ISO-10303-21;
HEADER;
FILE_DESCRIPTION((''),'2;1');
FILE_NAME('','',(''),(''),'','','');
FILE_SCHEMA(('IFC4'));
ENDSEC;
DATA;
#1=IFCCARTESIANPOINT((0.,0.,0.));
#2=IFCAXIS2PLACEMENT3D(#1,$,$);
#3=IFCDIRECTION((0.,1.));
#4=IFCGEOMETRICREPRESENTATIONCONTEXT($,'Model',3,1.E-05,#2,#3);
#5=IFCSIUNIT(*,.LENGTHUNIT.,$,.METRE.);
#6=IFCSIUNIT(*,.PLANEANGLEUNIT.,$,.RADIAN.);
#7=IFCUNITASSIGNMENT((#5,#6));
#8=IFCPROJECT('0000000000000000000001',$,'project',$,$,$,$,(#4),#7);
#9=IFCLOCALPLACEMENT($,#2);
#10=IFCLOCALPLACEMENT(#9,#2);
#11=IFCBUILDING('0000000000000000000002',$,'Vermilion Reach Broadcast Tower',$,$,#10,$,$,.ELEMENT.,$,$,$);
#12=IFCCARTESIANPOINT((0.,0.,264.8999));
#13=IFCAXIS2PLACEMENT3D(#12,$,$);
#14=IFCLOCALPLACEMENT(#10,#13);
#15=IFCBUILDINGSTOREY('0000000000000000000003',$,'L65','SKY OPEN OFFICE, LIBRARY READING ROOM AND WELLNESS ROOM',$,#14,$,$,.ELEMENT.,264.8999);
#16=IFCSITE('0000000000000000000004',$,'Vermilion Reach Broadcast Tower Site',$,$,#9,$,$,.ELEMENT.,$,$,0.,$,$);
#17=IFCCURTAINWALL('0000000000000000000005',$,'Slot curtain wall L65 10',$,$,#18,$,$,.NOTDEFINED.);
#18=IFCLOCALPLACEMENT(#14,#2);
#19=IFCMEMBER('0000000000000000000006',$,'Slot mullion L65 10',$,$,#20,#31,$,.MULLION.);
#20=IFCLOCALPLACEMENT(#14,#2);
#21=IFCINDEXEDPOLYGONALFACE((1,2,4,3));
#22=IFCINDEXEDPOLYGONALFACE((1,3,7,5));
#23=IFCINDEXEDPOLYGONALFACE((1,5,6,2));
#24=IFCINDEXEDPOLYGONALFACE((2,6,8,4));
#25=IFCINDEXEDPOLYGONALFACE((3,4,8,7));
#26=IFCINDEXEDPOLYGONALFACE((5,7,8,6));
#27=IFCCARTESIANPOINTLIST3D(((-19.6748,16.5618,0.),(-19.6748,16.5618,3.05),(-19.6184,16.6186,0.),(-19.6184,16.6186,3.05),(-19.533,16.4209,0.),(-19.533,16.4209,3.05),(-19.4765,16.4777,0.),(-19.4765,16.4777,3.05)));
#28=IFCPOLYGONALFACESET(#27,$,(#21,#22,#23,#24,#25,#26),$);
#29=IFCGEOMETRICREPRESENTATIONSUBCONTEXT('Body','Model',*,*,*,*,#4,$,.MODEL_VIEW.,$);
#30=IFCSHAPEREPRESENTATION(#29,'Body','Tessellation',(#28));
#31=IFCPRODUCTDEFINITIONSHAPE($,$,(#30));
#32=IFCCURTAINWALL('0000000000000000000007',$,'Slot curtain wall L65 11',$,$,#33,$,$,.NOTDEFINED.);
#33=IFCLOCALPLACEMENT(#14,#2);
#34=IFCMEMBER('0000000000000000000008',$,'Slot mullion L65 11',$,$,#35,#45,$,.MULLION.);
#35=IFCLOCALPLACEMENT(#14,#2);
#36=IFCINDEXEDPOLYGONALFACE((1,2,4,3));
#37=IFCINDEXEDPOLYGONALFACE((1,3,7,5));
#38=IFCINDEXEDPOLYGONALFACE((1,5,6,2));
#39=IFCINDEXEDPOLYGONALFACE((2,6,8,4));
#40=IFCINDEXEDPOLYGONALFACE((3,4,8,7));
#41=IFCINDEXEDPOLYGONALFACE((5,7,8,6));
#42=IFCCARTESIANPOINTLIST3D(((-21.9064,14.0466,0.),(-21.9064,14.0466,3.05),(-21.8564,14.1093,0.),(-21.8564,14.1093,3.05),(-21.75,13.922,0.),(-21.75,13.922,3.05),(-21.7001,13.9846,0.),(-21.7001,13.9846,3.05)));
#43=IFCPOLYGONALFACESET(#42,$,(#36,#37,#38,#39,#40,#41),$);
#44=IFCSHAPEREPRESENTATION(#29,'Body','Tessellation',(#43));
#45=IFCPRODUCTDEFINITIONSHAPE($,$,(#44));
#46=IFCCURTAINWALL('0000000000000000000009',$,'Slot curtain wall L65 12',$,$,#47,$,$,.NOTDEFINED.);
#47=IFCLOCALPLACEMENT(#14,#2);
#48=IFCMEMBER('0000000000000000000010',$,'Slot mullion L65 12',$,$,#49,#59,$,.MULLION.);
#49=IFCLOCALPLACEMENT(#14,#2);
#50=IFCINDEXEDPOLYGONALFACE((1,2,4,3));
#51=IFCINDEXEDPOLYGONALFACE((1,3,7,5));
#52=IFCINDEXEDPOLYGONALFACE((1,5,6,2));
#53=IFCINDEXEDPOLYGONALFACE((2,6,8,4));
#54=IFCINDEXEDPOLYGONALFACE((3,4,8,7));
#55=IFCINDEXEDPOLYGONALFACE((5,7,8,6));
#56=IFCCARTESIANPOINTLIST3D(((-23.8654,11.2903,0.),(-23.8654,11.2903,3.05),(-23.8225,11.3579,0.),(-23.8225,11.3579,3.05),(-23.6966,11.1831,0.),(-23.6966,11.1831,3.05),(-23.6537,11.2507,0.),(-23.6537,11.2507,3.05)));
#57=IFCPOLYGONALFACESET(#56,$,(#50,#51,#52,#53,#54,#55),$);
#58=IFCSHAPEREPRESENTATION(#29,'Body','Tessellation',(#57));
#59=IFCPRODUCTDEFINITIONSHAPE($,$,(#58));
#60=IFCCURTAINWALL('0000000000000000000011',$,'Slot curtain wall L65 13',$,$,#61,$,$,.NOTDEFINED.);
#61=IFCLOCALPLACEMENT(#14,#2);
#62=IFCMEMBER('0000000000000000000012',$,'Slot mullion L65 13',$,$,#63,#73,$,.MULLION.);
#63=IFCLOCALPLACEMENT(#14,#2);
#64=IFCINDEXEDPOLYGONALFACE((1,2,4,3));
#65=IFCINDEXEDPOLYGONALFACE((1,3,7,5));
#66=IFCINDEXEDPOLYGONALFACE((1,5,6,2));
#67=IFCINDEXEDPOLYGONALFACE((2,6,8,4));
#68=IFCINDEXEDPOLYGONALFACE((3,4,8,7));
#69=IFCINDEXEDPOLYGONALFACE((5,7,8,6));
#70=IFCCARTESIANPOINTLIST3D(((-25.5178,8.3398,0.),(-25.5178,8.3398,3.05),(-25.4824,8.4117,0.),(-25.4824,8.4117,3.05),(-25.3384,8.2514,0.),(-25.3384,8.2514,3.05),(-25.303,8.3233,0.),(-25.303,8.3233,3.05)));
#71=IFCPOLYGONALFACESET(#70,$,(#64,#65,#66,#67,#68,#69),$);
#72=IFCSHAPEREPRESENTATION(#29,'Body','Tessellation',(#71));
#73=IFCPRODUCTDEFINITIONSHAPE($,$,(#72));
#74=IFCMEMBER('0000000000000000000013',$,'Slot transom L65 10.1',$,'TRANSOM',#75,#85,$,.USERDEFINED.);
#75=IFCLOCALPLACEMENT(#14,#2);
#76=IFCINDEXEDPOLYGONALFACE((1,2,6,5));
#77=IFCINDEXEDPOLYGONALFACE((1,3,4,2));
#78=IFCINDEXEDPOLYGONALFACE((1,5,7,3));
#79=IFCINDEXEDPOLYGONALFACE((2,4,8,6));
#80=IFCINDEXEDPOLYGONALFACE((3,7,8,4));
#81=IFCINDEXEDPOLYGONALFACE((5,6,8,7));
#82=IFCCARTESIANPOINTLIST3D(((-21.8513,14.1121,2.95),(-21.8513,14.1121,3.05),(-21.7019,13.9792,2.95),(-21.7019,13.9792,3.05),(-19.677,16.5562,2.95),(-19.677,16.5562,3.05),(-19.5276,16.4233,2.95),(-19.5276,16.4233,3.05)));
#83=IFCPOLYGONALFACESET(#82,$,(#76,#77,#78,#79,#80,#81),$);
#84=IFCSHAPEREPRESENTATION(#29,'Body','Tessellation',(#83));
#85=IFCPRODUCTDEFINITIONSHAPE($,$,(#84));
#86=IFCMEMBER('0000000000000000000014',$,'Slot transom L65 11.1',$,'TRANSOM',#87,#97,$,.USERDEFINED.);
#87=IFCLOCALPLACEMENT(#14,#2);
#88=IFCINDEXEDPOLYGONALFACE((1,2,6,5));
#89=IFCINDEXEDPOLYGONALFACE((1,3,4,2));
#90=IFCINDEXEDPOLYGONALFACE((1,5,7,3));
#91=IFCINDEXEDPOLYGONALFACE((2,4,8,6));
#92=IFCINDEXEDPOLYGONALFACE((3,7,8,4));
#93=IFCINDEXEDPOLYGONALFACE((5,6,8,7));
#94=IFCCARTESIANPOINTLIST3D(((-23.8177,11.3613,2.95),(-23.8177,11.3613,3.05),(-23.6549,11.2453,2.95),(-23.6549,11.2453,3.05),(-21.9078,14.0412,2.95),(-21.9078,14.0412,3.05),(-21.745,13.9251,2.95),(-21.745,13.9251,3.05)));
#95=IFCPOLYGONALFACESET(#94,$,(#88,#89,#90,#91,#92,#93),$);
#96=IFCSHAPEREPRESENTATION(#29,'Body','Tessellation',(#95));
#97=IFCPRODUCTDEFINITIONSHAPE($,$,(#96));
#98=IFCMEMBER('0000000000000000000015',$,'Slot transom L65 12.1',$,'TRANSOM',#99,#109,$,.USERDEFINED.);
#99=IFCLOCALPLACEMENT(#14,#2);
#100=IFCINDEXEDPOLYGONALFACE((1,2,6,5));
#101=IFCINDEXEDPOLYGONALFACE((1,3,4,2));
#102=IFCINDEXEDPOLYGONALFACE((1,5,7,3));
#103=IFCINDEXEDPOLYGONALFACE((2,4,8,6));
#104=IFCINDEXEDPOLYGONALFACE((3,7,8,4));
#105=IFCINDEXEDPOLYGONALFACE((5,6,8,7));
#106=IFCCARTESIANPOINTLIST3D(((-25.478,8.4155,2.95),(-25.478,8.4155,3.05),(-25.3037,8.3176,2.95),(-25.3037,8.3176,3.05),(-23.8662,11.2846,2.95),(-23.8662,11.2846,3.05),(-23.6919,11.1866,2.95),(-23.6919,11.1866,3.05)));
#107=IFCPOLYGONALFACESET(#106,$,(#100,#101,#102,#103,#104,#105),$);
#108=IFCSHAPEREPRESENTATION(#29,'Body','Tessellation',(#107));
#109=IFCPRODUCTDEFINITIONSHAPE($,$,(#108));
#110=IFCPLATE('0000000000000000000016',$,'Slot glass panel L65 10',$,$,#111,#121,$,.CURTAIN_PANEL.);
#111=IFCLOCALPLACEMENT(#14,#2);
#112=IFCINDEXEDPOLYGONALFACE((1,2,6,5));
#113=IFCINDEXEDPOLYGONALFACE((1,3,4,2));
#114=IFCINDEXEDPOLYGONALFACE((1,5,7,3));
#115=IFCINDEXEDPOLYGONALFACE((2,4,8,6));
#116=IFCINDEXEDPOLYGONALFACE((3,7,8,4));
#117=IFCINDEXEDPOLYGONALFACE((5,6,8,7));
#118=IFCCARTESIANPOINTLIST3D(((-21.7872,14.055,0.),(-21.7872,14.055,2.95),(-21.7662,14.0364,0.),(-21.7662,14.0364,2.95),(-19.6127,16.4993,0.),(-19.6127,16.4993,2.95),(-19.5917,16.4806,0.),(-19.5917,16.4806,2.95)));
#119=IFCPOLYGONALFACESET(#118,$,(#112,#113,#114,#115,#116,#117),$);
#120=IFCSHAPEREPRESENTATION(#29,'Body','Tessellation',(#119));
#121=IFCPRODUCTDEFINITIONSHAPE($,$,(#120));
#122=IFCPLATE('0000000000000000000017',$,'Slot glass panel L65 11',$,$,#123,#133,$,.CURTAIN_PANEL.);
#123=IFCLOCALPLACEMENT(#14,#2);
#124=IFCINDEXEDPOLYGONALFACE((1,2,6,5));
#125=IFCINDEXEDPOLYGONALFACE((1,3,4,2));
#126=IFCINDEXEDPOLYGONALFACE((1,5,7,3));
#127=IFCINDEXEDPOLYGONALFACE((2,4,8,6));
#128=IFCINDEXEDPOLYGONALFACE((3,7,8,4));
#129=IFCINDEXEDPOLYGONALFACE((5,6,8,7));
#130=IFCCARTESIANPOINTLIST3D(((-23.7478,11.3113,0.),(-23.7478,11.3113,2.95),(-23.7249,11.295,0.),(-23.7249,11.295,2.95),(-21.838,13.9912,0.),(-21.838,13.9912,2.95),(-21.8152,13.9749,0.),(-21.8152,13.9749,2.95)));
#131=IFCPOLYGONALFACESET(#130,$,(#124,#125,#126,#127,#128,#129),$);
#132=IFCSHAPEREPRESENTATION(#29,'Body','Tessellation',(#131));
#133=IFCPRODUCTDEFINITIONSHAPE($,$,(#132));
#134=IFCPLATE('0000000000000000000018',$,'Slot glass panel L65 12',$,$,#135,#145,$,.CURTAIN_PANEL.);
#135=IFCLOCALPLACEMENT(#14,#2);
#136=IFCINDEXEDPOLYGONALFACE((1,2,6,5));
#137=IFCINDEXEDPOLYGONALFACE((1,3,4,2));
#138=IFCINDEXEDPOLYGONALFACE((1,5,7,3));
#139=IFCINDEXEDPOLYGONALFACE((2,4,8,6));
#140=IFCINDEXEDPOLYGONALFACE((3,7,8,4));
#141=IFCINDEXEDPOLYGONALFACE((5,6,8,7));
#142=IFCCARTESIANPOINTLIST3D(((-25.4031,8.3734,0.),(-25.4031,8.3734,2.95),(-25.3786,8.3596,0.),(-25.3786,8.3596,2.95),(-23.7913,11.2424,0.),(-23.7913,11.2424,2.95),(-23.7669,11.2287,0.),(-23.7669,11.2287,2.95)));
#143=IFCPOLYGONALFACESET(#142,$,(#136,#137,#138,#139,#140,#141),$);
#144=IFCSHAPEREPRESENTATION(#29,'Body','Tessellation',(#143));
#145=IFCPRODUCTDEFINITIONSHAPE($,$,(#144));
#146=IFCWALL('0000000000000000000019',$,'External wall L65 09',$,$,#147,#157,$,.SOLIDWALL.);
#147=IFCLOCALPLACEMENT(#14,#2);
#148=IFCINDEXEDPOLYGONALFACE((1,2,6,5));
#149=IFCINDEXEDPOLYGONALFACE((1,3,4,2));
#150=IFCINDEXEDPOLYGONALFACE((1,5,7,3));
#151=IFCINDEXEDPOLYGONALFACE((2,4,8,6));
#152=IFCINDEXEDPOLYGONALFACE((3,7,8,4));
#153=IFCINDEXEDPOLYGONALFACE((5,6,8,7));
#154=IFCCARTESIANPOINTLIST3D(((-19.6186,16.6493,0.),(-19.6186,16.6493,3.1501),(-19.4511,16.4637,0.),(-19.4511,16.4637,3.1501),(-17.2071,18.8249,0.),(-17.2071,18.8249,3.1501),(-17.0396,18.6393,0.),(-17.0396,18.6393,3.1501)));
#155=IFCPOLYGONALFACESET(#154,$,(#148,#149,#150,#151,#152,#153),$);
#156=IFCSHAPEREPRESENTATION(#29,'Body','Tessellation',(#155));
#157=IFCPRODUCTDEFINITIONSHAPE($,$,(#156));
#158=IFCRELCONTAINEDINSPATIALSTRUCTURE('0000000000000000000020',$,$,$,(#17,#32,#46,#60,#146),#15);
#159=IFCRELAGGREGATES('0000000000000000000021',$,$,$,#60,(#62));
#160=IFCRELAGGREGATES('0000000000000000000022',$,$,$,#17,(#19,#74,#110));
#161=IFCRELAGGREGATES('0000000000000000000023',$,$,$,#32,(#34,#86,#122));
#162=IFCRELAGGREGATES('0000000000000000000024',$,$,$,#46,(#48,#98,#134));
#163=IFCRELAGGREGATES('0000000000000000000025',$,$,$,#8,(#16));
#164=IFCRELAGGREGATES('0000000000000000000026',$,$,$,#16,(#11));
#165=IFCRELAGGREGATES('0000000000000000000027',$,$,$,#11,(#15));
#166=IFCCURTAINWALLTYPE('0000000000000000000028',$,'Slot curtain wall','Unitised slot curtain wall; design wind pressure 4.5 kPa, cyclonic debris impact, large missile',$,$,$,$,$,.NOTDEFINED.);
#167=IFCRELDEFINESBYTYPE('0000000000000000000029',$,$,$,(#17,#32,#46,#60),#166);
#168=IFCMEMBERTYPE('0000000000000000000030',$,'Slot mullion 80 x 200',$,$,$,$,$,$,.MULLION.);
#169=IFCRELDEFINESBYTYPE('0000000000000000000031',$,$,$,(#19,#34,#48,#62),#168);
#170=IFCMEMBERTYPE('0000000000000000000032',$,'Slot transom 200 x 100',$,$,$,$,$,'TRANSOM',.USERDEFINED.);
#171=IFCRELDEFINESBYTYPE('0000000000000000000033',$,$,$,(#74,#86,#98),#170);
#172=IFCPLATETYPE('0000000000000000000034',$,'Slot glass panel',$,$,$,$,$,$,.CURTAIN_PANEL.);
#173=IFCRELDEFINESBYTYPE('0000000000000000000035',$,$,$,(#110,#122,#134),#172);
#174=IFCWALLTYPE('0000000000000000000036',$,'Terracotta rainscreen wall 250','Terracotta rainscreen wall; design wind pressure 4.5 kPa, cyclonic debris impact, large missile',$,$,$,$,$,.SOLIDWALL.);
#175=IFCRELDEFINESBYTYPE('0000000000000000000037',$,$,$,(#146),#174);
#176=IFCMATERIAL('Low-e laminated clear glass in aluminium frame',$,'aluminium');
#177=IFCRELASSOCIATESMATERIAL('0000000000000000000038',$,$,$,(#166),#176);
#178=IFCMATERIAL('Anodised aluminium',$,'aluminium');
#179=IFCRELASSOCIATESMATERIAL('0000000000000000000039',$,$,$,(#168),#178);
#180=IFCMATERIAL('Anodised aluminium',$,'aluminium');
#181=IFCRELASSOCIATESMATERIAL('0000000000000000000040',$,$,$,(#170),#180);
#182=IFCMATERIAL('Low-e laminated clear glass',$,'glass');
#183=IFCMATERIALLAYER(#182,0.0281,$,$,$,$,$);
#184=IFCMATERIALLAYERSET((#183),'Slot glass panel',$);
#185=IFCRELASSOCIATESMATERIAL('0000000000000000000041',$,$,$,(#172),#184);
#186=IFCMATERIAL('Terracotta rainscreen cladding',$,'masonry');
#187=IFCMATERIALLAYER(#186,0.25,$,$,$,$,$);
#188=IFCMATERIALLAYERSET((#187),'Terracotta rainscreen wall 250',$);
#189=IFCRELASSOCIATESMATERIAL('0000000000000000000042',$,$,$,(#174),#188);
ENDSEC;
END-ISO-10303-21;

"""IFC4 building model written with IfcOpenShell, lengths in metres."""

from ifc_helpers import new_model, si_unit, direction, frame, frame_2d, origin, origin_2d, place, context, subcontext, project, spatial, rectangle, extrude, material, layer, layer_set, material_profile, profile_set, type_object, element, aggregate, save


model = new_model("IFC4")

# Units and contexts
model_context = context("Model", 3, precision=1e-05, world=origin(), true_north=direction((0.0, 1.0)))
body_context = subcontext(model_context, "Body", "Model", "MODEL_VIEW")
ifc_project = project(units=[si_unit("LENGTHUNIT", "METRE"), si_unit("PLANEANGLEUNIT", "RADIAN")], contexts=[model_context])

# Site, building, storey
site_placement = place(None, origin())
site = spatial("IfcSite", under=ifc_project, at=site_placement, Name="Vermilion Reach Broadcast Tower Site", CompositionType="ELEMENT", RefElevation=0.0)
building_placement = place(site_placement, origin())
building = spatial("IfcBuilding", under=site, at=building_placement, Name="Vermilion Reach Broadcast Tower", CompositionType="ELEMENT")
storey_placement = place(building_placement, frame((0.0, 0.0, 264.8999)))
storey = spatial("IfcBuildingStorey", under=building, at=storey_placement, Name="L65", Description="SKY OPEN OFFICE, LIBRARY READING ROOM AND WELLNESS ROOM", CompositionType="ELEMENT", Elevation=264.8999)

# Curtain walls, members
ifc_material_1 = material(Name="Low-e laminated clear glass in aluminium frame", Category="aluminium")
curtain_wall_type = type_object("IfcCurtainWallType", Name="Slot curtain wall", Description="Unitised slot curtain wall; design wind pressure 4.5 kPa, cyclonic debris impact, large missile", PredefinedType="NOTDEFINED", material=ifc_material_1)
placement = place(storey_placement, origin())
curtain_wall_1 = element("IfcCurtainWall", 1, at=placement, inside=storey, type_object=curtain_wall_type, Name="Slot curtain wall L65 10", PredefinedType="NOTDEFINED")
ifc_material_2 = material(Name="Anodised aluminium", Category="aluminium")
ifc_material_profile_1 = material_profile(ifc_material_2, rectangle(XDim=0.2, YDim=0.0801, at=origin_2d()), Name="Slot mullion 80 x 200")
ifc_profile_set_1 = profile_set([ifc_material_profile_1], Name="Anodised aluminium")
member_type_1 = type_object("IfcMemberType", Name="Slot mullion 80 x 200", PredefinedType="MULLION", material=ifc_profile_set_1)
member_1_placement = place(storey_placement, frame((-19.5757, 16.5198, 0.0), z_axis=(0.0, 0.0, 1.0), x_axis=(0.709559, -0.704646, 0.0)))
member_1 = element("IfcMember", 2, at=member_1_placement, type_object=member_type_1, Name="Slot mullion L65 10", PredefinedType="MULLION", context=body_context, shape_type="SweptSolid", body=[
    extrude(rectangle(XDim=0.2, YDim=0.0801, at=origin_2d()), origin(), (0.0, 0.0, 1.0), 3.05),
])
curtain_wall_2 = element("IfcCurtainWall", 3, at=placement, inside=storey, type_object=curtain_wall_type, Name="Slot curtain wall L65 11", PredefinedType="NOTDEFINED")
member_2_placement = place(storey_placement, frame((-21.8032, 14.0156, 0.0), z_axis=(0.0, 0.0, 1.0), x_axis=(0.781891, -0.623415, 0.0)))
member_2 = element("IfcMember", 4, at=member_2_placement, type_object=member_type_1, Name="Slot mullion L65 11", PredefinedType="MULLION", context=body_context, shape_type="SweptSolid", body=[
    extrude(rectangle(XDim=0.2, YDim=0.0801, at=origin_2d()), origin(), (0.0, 0.0, 1.0), 3.05),
])
curtain_wall_3 = element("IfcCurtainWall", 5, at=placement, inside=storey, type_object=curtain_wall_type, Name="Slot curtain wall L65 12", PredefinedType="NOTDEFINED")
member_3_placement = place(storey_placement, frame((-23.7595, 11.2705, 0.0), z_axis=(0.0, 0.0, 1.0), x_axis=(0.844328, -0.535827, 0.0)))
member_3 = element("IfcMember", 6, at=member_3_placement, type_object=member_type_1, Name="Slot mullion L65 12", PredefinedType="MULLION", context=body_context, shape_type="SweptSolid", body=[
    extrude(rectangle(XDim=0.2, YDim=0.0801, at=origin_2d()), origin(), (0.0, 0.0, 1.0), 3.05),
])
curtain_wall_4 = element("IfcCurtainWall", 7, at=placement, inside=storey, type_object=curtain_wall_type, Name="Slot curtain wall L65 13", PredefinedType="NOTDEFINED")
member_4_placement = place(storey_placement, frame((-25.4104, 8.3315, 0.0), z_axis=(0.0, 0.0, 1.0), x_axis=(0.896996, -0.442039, 0.0)))
member_4 = element("IfcMember", 8, at=member_4_placement, type_object=member_type_1, Name="Slot mullion L65 13", PredefinedType="MULLION", context=body_context, shape_type="SweptSolid", body=[
    extrude(rectangle(XDim=0.2, YDim=0.0801, at=origin_2d()), origin(), (0.0, 0.0, 1.0), 3.05),
])
aggregate(curtain_wall_4, [member_4])

# Members
ifc_material_3 = material(Name="Anodised aluminium", Category="aluminium")
ifc_material_profile_2 = material_profile(ifc_material_3, rectangle(XDim=0.2, YDim=0.1001, at=origin_2d()), Name="Slot transom 200 x 100")
ifc_profile_set_2 = profile_set([ifc_material_profile_2], Name="Anodised aluminium")
member_type_2 = type_object("IfcMemberType", Name="Slot transom 200 x 100", ElementType="TRANSOM", PredefinedType="USERDEFINED", material=ifc_profile_set_2)
member_5_placement = place(storey_placement, frame((-19.6023, 16.4897, 3.0), z_axis=(-0.66467, -0.747137, 0.0), x_axis=(0.747137, -0.66467, 0.0)))
member_5 = element("IfcMember", 9, at=member_5_placement, type_object=member_type_2, Name="Slot transom L65 10.1", ObjectType="TRANSOM", PredefinedType="USERDEFINED", context=body_context, shape_type="SweptSolid", body=[
    extrude(rectangle(XDim=0.2, YDim=0.1001, at=origin_2d()), origin(), (0.0, 0.0, 1.0), 3.2712),
])
member_6_placement = place(storey_placement, frame((-21.8264, 13.9832, 3.0), z_axis=(-0.580368, -0.814355, 0.0), x_axis=(0.814355, -0.580368, 0.0)))
member_6 = element("IfcMember", 10, at=member_6_placement, type_object=member_type_2, Name="Slot transom L65 11.1", ObjectType="TRANSOM", PredefinedType="USERDEFINED", context=body_context, shape_type="SweptSolid", body=[
    extrude(rectangle(XDim=0.2, YDim=0.1001, at=origin_2d()), origin(), (0.0, 0.0, 1.0), 3.2908),
])
member_7_placement = place(storey_placement, frame((-23.7791, 11.2356, 3.0), z_axis=(-0.489782, -0.871845, 0.0), x_axis=(0.871845, -0.489782, 0.0)))
member_7 = element("IfcMember", 11, at=member_7_placement, type_object=member_type_2, Name="Slot transom L65 12.1", ObjectType="TRANSOM", PredefinedType="USERDEFINED", context=body_context, shape_type="SweptSolid", body=[
    extrude(rectangle(XDim=0.2, YDim=0.1001, at=origin_2d()), origin(), (0.0, 0.0, 1.0), 3.2908),
])

# Plates
ifc_material_4 = material(Name="Low-e laminated clear glass", Category="glass")
ifc_layer_1 = layer(ifc_material_4, 0.0281)
ifc_layer_set_1 = layer_set([ifc_layer_1], Name="Slot glass panel")
plate_type = type_object("IfcPlateType", Name="Slot glass panel", PredefinedType="CURTAIN_PANEL", material=ifc_layer_set_1)
plate_1_placement = place(storey_placement, frame((-20.6895, 15.2678, 0.0), z_axis=(0.0, 0.0, 1.0), x_axis=(-0.664677, -0.747131, 0.0)))
plate_1 = element("IfcPlate", 12, at=plate_1_placement, type_object=plate_type, Name="Slot glass panel L65 10", PredefinedType="CURTAIN_PANEL", context=body_context, shape_type="SweptSolid", body=[
    extrude(rectangle(XDim=3.2715, YDim=0.0281, at=origin_2d()), origin(), (0.0, 0.0, 1.0), 2.95),
])
aggregate(curtain_wall_1, [member_1, member_5, plate_1])
plate_2_placement = place(storey_placement, frame((-22.7815, 12.6431, 0.0), z_axis=(0.0, 0.0, 1.0), x_axis=(-0.580338, -0.814376, 0.0)))
plate_2 = element("IfcPlate", 13, at=plate_2_placement, type_object=plate_type, Name="Slot glass panel L65 11", PredefinedType="CURTAIN_PANEL", context=body_context, shape_type="SweptSolid", body=[
    extrude(rectangle(XDim=3.2908, YDim=0.0281, at=origin_2d()), origin(), (0.0, 0.0, 1.0), 2.95),
])
aggregate(curtain_wall_2, [member_2, member_6, plate_2])
plate_3_placement = place(storey_placement, frame((-24.585, 9.801, 0.0), z_axis=(0.0, 0.0, 1.0), x_axis=(-0.489773, -0.87185, 0.0)))
plate_3 = element("IfcPlate", 14, at=plate_3_placement, type_object=plate_type, Name="Slot glass panel L65 12", PredefinedType="CURTAIN_PANEL", context=body_context, shape_type="SweptSolid", body=[
    extrude(rectangle(XDim=3.2908, YDim=0.0281, at=origin_2d()), origin(), (0.0, 0.0, 1.0), 2.95),
])
aggregate(curtain_wall_3, [member_3, member_7, plate_3])

# Wall
ifc_material_5 = material(Name="Terracotta rainscreen cladding", Category="masonry")
ifc_layer_2 = layer(ifc_material_5, 0.25)
ifc_layer_set_2 = layer_set([ifc_layer_2], Name="Terracotta rainscreen wall 250")
wall_type_1 = type_object("IfcWallType", Name="Terracotta rainscreen wall 250", Description="Terracotta rainscreen wall; design wind pressure 4.5 kPa, cyclonic debris impact, large missile", PredefinedType="SOLIDWALL", material=ifc_layer_set_2)
wall_1_placement = place(storey_placement, frame((-17.1233, 18.7322, 0.0), z_axis=(0.0, 0.0, 1.0), x_axis=(-0.742482, -0.669865, 0.0)))
element("IfcWall", 15, at=wall_1_placement, inside=storey, type_object=wall_type_1, Name="External wall L65 09", PredefinedType="SOLIDWALL", context=body_context, shape_type="SweptSolid", body=[
    extrude(rectangle(XDim=3.2478, YDim=0.25, at=frame_2d((1.624, 0.0))), origin(), (0.0, 0.0, 1.0), 3.1501),
])

save(model, "model.ifc")
